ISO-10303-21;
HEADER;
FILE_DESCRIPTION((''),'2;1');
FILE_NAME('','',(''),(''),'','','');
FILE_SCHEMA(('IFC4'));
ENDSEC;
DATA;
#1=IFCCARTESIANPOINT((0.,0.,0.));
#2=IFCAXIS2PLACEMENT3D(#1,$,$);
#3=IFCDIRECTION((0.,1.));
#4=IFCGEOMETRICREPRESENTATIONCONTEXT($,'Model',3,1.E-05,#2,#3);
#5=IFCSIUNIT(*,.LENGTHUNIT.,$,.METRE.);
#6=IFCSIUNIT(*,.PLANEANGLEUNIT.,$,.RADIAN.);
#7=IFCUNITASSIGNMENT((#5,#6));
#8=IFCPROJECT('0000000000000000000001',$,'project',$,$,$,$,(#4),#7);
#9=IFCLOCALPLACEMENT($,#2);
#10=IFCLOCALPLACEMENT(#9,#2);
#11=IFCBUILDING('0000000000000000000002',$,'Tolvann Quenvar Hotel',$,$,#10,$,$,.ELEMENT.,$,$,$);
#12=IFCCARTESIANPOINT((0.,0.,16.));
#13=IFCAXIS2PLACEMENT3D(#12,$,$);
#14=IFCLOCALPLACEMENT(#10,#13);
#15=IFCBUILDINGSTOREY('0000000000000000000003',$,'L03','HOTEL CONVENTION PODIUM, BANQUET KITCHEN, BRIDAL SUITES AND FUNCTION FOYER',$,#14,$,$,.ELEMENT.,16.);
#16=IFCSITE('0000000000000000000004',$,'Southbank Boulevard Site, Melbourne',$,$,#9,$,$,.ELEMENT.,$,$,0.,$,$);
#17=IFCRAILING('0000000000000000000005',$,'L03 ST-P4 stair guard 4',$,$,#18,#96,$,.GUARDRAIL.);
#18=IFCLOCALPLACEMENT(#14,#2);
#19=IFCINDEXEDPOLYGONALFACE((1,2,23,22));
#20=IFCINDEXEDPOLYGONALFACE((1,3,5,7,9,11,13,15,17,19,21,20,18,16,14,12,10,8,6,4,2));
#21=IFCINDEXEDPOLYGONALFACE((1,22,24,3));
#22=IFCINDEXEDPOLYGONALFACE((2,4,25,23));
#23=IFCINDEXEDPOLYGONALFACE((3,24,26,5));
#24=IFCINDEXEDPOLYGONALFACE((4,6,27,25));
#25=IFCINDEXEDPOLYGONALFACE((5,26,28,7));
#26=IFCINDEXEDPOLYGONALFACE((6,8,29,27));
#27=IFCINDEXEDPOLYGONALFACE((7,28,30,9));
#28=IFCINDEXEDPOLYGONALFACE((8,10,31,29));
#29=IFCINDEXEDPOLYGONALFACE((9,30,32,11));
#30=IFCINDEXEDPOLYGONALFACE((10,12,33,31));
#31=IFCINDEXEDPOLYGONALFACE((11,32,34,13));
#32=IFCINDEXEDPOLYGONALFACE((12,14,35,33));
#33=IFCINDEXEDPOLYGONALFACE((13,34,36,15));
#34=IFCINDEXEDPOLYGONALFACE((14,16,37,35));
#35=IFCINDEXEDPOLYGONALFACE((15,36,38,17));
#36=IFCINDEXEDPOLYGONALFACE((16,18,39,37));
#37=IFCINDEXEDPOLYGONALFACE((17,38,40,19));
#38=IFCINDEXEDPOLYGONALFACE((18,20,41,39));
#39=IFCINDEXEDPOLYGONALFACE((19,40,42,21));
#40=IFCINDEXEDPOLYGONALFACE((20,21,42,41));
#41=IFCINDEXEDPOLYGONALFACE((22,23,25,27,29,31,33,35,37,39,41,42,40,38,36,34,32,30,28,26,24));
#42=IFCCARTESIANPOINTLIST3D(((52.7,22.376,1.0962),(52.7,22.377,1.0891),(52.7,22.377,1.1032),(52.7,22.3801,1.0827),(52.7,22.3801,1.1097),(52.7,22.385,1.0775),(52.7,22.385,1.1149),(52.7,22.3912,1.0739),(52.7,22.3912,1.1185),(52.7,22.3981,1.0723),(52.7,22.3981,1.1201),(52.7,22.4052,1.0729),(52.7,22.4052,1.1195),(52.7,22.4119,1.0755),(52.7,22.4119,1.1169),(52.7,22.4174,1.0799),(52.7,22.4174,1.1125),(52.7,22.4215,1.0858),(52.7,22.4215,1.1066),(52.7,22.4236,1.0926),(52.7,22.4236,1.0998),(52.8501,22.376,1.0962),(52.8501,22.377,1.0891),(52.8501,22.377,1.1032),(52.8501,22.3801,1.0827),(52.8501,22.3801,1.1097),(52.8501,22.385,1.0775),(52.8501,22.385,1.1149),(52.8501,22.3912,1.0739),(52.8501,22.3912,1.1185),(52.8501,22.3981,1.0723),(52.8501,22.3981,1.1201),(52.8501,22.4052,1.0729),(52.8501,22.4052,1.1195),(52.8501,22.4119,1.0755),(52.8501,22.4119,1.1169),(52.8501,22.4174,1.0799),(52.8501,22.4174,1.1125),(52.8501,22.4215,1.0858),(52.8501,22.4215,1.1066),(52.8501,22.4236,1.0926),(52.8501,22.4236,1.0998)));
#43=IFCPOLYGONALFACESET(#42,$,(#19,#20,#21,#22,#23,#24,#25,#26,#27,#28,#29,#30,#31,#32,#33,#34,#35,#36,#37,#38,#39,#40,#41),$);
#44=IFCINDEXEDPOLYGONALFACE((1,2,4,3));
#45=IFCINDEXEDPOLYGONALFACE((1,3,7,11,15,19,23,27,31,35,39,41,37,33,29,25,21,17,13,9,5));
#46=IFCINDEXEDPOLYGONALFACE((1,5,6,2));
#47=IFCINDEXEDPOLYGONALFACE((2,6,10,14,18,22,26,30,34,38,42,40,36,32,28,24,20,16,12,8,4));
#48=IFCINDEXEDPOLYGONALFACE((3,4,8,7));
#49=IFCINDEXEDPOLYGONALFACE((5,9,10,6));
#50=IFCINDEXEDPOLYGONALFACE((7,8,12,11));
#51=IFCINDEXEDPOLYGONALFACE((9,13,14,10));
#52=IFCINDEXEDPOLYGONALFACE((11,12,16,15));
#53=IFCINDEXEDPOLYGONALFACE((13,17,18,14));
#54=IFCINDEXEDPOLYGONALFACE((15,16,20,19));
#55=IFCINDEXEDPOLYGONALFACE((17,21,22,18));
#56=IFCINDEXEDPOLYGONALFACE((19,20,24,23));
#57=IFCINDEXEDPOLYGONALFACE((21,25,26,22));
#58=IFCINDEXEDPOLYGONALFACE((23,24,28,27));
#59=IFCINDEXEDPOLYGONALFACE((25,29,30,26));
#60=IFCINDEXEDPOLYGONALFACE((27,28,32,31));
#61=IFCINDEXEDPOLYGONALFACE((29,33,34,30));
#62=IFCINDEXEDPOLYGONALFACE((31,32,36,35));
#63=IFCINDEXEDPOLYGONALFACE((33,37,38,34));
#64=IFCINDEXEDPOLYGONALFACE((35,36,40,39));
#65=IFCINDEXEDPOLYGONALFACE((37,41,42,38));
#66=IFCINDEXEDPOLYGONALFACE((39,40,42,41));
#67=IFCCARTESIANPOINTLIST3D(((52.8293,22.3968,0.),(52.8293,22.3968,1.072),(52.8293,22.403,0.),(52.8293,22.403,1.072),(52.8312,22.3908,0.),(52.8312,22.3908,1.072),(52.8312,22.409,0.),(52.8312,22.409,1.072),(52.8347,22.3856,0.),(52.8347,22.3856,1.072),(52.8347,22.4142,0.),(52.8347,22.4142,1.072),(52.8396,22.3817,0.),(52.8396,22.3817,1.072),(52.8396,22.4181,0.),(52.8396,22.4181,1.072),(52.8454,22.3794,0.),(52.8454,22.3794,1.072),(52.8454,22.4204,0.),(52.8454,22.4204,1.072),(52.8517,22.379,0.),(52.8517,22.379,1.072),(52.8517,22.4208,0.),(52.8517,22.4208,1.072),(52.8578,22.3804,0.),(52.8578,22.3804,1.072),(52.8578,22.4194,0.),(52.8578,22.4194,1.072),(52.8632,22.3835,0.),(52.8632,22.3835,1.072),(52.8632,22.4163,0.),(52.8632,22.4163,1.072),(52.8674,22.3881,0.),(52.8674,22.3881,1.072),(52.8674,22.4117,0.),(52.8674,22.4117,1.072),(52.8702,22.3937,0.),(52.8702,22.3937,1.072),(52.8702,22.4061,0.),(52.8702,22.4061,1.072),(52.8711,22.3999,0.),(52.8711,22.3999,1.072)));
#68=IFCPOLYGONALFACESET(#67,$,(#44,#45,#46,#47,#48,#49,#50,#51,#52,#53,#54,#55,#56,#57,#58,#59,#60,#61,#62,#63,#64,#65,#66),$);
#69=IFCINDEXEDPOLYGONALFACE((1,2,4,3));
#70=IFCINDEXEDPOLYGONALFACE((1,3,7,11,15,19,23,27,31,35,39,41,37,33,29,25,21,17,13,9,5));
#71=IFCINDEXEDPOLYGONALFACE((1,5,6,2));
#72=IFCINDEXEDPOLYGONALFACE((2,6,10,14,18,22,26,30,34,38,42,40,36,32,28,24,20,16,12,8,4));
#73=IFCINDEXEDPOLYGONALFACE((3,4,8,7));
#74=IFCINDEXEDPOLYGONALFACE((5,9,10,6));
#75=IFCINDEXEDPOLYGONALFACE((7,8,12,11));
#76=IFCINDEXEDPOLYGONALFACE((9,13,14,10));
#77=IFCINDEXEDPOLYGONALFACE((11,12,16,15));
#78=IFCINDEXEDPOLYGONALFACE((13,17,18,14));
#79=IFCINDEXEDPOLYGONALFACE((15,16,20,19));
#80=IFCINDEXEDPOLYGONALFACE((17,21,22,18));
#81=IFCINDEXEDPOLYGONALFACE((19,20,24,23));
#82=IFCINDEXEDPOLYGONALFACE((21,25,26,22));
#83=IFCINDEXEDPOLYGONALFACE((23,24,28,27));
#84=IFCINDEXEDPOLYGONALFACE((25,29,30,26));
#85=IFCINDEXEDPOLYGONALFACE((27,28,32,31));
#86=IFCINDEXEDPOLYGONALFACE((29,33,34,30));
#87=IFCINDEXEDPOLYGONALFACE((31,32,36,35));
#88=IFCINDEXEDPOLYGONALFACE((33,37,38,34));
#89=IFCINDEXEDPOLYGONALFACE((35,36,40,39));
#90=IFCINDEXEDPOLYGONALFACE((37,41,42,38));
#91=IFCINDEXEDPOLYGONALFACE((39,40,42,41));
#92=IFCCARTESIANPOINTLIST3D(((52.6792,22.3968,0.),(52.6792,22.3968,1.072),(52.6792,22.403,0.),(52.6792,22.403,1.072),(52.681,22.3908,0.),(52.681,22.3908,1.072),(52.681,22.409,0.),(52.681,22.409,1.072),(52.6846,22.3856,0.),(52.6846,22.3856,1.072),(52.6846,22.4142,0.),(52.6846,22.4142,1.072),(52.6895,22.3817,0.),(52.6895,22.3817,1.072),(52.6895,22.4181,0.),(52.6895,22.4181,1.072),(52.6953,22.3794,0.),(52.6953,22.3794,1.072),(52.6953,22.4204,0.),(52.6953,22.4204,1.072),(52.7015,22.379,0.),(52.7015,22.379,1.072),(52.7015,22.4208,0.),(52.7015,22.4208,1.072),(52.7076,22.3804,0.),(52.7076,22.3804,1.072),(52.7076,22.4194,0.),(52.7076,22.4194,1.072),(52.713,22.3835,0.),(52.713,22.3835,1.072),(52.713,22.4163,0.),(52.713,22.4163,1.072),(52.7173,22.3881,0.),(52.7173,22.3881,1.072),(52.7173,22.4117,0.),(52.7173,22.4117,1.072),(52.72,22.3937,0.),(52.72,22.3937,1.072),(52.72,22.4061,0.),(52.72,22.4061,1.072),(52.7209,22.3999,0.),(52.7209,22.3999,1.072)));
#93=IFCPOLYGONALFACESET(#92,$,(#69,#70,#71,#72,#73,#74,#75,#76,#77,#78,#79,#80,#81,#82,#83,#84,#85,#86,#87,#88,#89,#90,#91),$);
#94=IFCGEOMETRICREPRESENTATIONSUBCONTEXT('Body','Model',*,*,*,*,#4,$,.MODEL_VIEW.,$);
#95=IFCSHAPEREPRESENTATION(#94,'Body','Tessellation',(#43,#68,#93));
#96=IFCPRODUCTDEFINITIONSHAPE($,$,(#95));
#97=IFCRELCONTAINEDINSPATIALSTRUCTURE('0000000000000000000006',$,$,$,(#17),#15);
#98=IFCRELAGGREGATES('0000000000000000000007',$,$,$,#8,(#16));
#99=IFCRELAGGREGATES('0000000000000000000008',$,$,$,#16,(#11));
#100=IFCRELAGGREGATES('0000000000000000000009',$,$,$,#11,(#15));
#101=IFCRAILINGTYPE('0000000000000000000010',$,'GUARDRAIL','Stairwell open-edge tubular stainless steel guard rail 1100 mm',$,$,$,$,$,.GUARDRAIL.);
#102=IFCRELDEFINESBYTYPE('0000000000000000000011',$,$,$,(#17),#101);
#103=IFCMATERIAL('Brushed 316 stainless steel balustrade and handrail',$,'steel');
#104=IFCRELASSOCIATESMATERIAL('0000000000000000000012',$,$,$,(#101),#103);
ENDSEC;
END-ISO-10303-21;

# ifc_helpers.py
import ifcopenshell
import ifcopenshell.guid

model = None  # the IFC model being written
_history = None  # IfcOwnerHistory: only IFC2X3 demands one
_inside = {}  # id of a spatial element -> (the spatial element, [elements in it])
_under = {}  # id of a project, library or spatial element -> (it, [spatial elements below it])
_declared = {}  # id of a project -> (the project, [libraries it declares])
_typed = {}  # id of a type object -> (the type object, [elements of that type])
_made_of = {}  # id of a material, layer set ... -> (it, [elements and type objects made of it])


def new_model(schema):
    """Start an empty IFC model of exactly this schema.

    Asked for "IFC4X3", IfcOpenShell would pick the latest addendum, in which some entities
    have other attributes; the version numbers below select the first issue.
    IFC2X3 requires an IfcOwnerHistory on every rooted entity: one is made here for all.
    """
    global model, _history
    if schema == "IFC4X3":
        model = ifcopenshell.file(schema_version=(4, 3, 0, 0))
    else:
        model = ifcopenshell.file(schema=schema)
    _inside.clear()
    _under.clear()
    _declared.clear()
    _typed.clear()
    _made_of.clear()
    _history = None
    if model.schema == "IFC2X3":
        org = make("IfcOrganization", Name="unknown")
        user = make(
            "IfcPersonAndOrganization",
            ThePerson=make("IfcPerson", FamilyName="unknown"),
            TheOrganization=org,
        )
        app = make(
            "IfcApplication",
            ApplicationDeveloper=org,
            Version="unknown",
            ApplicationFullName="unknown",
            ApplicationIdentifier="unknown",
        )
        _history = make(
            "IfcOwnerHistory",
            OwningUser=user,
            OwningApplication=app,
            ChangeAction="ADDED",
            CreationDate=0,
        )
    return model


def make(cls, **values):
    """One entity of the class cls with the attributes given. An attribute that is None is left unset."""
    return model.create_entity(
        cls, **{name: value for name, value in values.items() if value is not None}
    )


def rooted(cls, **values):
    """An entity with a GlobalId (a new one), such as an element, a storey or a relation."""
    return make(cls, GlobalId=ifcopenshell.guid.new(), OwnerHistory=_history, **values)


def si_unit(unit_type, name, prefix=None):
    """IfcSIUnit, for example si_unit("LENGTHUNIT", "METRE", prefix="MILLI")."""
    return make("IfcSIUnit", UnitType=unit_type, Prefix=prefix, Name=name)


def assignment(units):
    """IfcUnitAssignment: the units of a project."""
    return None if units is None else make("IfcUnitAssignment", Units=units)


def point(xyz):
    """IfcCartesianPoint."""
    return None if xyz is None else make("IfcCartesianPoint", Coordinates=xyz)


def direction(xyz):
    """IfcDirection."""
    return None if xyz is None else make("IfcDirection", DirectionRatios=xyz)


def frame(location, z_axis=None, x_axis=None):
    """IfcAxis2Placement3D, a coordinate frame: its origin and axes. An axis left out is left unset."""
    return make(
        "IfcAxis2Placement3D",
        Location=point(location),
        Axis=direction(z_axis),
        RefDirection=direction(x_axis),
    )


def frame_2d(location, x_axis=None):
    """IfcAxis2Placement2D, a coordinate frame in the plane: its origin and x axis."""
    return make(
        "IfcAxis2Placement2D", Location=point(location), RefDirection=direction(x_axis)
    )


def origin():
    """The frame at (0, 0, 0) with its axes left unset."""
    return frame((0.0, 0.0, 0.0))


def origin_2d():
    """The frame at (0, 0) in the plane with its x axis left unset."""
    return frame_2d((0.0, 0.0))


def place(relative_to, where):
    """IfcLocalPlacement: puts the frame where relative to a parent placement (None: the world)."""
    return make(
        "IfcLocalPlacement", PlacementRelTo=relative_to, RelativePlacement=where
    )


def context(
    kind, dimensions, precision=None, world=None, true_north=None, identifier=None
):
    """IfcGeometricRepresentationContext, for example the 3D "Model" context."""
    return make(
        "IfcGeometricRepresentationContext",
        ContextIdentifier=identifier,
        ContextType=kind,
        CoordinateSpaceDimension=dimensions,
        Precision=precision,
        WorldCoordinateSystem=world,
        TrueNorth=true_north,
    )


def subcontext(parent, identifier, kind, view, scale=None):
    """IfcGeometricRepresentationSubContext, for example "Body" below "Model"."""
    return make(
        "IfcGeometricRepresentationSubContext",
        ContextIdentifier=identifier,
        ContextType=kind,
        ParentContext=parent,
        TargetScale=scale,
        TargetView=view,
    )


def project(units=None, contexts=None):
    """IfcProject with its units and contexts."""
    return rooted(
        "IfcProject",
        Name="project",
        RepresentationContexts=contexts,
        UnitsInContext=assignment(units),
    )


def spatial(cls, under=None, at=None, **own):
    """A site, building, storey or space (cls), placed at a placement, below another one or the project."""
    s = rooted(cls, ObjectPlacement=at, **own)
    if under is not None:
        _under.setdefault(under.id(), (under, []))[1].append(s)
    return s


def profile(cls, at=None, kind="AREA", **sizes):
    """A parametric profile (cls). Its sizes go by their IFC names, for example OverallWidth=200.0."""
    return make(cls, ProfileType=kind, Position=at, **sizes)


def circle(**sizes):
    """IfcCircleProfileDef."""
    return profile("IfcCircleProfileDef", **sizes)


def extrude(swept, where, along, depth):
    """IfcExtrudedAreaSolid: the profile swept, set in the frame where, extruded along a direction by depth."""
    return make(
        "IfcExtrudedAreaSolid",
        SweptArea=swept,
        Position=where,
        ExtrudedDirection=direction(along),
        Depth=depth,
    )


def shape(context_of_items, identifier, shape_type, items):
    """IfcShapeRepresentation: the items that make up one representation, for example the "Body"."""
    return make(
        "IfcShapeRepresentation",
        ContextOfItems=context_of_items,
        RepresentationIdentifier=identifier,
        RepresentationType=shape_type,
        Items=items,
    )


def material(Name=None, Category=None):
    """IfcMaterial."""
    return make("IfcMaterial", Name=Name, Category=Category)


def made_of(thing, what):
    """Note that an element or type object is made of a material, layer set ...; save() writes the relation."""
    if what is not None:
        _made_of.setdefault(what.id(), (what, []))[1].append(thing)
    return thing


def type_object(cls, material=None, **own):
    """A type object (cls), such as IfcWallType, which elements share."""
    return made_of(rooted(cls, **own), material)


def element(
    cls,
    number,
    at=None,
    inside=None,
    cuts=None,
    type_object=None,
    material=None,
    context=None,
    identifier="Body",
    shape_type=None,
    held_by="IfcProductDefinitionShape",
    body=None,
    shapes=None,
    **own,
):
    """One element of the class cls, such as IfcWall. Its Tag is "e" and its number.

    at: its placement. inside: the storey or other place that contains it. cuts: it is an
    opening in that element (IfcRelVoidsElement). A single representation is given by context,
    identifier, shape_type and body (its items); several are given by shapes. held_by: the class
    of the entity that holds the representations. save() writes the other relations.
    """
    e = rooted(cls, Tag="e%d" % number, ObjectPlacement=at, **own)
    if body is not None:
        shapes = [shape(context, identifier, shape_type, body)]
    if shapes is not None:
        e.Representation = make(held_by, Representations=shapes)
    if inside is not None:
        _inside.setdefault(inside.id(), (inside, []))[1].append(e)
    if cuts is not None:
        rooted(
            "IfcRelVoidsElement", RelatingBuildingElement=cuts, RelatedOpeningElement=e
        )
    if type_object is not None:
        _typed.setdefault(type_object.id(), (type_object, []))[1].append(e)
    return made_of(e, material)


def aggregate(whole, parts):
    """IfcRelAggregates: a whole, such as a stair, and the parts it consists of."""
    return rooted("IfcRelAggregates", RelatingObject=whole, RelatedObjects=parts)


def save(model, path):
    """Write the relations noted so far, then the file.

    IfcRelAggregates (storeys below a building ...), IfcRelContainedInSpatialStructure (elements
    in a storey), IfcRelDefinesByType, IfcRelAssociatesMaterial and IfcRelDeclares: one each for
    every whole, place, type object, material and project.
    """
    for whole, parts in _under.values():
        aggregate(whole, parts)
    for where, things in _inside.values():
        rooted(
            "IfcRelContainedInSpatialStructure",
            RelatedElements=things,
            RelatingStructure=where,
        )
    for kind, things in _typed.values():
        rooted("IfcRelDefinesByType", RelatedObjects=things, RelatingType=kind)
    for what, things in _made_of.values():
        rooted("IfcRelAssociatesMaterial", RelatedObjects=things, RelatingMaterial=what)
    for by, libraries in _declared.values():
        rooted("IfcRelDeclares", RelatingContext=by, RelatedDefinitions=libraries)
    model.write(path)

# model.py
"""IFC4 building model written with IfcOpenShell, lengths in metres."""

from ifc_helpers import new_model, si_unit, direction, frame, origin, origin_2d, place, context, subcontext, project, spatial, circle, extrude, material, type_object, element, save


model = new_model("IFC4")

# Units and contexts
model_context = context("Model", 3, precision=1e-05, world=origin(), true_north=direction((0.0, 1.0)))
body_context = subcontext(model_context, "Body", "Model", "MODEL_VIEW")
ifc_project = project(units=[si_unit("LENGTHUNIT", "METRE"), si_unit("PLANEANGLEUNIT", "RADIAN")], contexts=[model_context])

# Site, building, storey
site_placement = place(None, origin())
site = spatial("IfcSite", under=ifc_project, at=site_placement, Name="Southbank Boulevard Site, Melbourne", CompositionType="ELEMENT", RefElevation=0.0)
building_placement = place(site_placement, origin())
building = spatial("IfcBuilding", under=site, at=building_placement, Name="Tolvann Quenvar Hotel", CompositionType="ELEMENT")
storey_placement = place(building_placement, frame((0.0, 0.0, 16.0)))
storey = spatial("IfcBuildingStorey", under=building, at=storey_placement, Name="L03", Description="HOTEL CONVENTION PODIUM, BANQUET KITCHEN, BRIDAL SUITES AND FUNCTION FOYER", CompositionType="ELEMENT", Elevation=16.0)

# Railing
ifc_material_1 = material(Name="Brushed 316 stainless steel balustrade and handrail", Category="steel")
railing_type_1 = type_object("IfcRailingType", Name="GUARDRAIL", Description="Stairwell open-edge tubular stainless steel guard rail 1100 mm", PredefinedType="GUARDRAIL", material=ifc_material_1)
railing_1_placement = place(storey_placement, frame((52.8501, 22.3999, 0.0)))
element("IfcRailing", 1, at=railing_1_placement, inside=storey, type_object=railing_type_1, Name="L03 ST-P4 stair guard 4", PredefinedType="GUARDRAIL", context=body_context, shape_type="SweptSolid", body=[
    extrude(circle(Radius=0.0239, at=origin_2d()), frame((0.0, 0.0, 1.0962), z_axis=(-1.0, 0.0, 0.0), x_axis=(0.0, -1.0, 0.0)), (0.0, 0.0, 1.0), 0.1501),
    extrude(circle(Radius=0.021, at=origin_2d()), origin(), (0.0, 0.0, 1.0), 1.072),
    extrude(circle(Radius=0.021, at=origin_2d()), frame((-0.1501, 0.0, 0.0)), (0.0, 0.0, 1.0), 1.072),
])

save(model, "model.ifc")
